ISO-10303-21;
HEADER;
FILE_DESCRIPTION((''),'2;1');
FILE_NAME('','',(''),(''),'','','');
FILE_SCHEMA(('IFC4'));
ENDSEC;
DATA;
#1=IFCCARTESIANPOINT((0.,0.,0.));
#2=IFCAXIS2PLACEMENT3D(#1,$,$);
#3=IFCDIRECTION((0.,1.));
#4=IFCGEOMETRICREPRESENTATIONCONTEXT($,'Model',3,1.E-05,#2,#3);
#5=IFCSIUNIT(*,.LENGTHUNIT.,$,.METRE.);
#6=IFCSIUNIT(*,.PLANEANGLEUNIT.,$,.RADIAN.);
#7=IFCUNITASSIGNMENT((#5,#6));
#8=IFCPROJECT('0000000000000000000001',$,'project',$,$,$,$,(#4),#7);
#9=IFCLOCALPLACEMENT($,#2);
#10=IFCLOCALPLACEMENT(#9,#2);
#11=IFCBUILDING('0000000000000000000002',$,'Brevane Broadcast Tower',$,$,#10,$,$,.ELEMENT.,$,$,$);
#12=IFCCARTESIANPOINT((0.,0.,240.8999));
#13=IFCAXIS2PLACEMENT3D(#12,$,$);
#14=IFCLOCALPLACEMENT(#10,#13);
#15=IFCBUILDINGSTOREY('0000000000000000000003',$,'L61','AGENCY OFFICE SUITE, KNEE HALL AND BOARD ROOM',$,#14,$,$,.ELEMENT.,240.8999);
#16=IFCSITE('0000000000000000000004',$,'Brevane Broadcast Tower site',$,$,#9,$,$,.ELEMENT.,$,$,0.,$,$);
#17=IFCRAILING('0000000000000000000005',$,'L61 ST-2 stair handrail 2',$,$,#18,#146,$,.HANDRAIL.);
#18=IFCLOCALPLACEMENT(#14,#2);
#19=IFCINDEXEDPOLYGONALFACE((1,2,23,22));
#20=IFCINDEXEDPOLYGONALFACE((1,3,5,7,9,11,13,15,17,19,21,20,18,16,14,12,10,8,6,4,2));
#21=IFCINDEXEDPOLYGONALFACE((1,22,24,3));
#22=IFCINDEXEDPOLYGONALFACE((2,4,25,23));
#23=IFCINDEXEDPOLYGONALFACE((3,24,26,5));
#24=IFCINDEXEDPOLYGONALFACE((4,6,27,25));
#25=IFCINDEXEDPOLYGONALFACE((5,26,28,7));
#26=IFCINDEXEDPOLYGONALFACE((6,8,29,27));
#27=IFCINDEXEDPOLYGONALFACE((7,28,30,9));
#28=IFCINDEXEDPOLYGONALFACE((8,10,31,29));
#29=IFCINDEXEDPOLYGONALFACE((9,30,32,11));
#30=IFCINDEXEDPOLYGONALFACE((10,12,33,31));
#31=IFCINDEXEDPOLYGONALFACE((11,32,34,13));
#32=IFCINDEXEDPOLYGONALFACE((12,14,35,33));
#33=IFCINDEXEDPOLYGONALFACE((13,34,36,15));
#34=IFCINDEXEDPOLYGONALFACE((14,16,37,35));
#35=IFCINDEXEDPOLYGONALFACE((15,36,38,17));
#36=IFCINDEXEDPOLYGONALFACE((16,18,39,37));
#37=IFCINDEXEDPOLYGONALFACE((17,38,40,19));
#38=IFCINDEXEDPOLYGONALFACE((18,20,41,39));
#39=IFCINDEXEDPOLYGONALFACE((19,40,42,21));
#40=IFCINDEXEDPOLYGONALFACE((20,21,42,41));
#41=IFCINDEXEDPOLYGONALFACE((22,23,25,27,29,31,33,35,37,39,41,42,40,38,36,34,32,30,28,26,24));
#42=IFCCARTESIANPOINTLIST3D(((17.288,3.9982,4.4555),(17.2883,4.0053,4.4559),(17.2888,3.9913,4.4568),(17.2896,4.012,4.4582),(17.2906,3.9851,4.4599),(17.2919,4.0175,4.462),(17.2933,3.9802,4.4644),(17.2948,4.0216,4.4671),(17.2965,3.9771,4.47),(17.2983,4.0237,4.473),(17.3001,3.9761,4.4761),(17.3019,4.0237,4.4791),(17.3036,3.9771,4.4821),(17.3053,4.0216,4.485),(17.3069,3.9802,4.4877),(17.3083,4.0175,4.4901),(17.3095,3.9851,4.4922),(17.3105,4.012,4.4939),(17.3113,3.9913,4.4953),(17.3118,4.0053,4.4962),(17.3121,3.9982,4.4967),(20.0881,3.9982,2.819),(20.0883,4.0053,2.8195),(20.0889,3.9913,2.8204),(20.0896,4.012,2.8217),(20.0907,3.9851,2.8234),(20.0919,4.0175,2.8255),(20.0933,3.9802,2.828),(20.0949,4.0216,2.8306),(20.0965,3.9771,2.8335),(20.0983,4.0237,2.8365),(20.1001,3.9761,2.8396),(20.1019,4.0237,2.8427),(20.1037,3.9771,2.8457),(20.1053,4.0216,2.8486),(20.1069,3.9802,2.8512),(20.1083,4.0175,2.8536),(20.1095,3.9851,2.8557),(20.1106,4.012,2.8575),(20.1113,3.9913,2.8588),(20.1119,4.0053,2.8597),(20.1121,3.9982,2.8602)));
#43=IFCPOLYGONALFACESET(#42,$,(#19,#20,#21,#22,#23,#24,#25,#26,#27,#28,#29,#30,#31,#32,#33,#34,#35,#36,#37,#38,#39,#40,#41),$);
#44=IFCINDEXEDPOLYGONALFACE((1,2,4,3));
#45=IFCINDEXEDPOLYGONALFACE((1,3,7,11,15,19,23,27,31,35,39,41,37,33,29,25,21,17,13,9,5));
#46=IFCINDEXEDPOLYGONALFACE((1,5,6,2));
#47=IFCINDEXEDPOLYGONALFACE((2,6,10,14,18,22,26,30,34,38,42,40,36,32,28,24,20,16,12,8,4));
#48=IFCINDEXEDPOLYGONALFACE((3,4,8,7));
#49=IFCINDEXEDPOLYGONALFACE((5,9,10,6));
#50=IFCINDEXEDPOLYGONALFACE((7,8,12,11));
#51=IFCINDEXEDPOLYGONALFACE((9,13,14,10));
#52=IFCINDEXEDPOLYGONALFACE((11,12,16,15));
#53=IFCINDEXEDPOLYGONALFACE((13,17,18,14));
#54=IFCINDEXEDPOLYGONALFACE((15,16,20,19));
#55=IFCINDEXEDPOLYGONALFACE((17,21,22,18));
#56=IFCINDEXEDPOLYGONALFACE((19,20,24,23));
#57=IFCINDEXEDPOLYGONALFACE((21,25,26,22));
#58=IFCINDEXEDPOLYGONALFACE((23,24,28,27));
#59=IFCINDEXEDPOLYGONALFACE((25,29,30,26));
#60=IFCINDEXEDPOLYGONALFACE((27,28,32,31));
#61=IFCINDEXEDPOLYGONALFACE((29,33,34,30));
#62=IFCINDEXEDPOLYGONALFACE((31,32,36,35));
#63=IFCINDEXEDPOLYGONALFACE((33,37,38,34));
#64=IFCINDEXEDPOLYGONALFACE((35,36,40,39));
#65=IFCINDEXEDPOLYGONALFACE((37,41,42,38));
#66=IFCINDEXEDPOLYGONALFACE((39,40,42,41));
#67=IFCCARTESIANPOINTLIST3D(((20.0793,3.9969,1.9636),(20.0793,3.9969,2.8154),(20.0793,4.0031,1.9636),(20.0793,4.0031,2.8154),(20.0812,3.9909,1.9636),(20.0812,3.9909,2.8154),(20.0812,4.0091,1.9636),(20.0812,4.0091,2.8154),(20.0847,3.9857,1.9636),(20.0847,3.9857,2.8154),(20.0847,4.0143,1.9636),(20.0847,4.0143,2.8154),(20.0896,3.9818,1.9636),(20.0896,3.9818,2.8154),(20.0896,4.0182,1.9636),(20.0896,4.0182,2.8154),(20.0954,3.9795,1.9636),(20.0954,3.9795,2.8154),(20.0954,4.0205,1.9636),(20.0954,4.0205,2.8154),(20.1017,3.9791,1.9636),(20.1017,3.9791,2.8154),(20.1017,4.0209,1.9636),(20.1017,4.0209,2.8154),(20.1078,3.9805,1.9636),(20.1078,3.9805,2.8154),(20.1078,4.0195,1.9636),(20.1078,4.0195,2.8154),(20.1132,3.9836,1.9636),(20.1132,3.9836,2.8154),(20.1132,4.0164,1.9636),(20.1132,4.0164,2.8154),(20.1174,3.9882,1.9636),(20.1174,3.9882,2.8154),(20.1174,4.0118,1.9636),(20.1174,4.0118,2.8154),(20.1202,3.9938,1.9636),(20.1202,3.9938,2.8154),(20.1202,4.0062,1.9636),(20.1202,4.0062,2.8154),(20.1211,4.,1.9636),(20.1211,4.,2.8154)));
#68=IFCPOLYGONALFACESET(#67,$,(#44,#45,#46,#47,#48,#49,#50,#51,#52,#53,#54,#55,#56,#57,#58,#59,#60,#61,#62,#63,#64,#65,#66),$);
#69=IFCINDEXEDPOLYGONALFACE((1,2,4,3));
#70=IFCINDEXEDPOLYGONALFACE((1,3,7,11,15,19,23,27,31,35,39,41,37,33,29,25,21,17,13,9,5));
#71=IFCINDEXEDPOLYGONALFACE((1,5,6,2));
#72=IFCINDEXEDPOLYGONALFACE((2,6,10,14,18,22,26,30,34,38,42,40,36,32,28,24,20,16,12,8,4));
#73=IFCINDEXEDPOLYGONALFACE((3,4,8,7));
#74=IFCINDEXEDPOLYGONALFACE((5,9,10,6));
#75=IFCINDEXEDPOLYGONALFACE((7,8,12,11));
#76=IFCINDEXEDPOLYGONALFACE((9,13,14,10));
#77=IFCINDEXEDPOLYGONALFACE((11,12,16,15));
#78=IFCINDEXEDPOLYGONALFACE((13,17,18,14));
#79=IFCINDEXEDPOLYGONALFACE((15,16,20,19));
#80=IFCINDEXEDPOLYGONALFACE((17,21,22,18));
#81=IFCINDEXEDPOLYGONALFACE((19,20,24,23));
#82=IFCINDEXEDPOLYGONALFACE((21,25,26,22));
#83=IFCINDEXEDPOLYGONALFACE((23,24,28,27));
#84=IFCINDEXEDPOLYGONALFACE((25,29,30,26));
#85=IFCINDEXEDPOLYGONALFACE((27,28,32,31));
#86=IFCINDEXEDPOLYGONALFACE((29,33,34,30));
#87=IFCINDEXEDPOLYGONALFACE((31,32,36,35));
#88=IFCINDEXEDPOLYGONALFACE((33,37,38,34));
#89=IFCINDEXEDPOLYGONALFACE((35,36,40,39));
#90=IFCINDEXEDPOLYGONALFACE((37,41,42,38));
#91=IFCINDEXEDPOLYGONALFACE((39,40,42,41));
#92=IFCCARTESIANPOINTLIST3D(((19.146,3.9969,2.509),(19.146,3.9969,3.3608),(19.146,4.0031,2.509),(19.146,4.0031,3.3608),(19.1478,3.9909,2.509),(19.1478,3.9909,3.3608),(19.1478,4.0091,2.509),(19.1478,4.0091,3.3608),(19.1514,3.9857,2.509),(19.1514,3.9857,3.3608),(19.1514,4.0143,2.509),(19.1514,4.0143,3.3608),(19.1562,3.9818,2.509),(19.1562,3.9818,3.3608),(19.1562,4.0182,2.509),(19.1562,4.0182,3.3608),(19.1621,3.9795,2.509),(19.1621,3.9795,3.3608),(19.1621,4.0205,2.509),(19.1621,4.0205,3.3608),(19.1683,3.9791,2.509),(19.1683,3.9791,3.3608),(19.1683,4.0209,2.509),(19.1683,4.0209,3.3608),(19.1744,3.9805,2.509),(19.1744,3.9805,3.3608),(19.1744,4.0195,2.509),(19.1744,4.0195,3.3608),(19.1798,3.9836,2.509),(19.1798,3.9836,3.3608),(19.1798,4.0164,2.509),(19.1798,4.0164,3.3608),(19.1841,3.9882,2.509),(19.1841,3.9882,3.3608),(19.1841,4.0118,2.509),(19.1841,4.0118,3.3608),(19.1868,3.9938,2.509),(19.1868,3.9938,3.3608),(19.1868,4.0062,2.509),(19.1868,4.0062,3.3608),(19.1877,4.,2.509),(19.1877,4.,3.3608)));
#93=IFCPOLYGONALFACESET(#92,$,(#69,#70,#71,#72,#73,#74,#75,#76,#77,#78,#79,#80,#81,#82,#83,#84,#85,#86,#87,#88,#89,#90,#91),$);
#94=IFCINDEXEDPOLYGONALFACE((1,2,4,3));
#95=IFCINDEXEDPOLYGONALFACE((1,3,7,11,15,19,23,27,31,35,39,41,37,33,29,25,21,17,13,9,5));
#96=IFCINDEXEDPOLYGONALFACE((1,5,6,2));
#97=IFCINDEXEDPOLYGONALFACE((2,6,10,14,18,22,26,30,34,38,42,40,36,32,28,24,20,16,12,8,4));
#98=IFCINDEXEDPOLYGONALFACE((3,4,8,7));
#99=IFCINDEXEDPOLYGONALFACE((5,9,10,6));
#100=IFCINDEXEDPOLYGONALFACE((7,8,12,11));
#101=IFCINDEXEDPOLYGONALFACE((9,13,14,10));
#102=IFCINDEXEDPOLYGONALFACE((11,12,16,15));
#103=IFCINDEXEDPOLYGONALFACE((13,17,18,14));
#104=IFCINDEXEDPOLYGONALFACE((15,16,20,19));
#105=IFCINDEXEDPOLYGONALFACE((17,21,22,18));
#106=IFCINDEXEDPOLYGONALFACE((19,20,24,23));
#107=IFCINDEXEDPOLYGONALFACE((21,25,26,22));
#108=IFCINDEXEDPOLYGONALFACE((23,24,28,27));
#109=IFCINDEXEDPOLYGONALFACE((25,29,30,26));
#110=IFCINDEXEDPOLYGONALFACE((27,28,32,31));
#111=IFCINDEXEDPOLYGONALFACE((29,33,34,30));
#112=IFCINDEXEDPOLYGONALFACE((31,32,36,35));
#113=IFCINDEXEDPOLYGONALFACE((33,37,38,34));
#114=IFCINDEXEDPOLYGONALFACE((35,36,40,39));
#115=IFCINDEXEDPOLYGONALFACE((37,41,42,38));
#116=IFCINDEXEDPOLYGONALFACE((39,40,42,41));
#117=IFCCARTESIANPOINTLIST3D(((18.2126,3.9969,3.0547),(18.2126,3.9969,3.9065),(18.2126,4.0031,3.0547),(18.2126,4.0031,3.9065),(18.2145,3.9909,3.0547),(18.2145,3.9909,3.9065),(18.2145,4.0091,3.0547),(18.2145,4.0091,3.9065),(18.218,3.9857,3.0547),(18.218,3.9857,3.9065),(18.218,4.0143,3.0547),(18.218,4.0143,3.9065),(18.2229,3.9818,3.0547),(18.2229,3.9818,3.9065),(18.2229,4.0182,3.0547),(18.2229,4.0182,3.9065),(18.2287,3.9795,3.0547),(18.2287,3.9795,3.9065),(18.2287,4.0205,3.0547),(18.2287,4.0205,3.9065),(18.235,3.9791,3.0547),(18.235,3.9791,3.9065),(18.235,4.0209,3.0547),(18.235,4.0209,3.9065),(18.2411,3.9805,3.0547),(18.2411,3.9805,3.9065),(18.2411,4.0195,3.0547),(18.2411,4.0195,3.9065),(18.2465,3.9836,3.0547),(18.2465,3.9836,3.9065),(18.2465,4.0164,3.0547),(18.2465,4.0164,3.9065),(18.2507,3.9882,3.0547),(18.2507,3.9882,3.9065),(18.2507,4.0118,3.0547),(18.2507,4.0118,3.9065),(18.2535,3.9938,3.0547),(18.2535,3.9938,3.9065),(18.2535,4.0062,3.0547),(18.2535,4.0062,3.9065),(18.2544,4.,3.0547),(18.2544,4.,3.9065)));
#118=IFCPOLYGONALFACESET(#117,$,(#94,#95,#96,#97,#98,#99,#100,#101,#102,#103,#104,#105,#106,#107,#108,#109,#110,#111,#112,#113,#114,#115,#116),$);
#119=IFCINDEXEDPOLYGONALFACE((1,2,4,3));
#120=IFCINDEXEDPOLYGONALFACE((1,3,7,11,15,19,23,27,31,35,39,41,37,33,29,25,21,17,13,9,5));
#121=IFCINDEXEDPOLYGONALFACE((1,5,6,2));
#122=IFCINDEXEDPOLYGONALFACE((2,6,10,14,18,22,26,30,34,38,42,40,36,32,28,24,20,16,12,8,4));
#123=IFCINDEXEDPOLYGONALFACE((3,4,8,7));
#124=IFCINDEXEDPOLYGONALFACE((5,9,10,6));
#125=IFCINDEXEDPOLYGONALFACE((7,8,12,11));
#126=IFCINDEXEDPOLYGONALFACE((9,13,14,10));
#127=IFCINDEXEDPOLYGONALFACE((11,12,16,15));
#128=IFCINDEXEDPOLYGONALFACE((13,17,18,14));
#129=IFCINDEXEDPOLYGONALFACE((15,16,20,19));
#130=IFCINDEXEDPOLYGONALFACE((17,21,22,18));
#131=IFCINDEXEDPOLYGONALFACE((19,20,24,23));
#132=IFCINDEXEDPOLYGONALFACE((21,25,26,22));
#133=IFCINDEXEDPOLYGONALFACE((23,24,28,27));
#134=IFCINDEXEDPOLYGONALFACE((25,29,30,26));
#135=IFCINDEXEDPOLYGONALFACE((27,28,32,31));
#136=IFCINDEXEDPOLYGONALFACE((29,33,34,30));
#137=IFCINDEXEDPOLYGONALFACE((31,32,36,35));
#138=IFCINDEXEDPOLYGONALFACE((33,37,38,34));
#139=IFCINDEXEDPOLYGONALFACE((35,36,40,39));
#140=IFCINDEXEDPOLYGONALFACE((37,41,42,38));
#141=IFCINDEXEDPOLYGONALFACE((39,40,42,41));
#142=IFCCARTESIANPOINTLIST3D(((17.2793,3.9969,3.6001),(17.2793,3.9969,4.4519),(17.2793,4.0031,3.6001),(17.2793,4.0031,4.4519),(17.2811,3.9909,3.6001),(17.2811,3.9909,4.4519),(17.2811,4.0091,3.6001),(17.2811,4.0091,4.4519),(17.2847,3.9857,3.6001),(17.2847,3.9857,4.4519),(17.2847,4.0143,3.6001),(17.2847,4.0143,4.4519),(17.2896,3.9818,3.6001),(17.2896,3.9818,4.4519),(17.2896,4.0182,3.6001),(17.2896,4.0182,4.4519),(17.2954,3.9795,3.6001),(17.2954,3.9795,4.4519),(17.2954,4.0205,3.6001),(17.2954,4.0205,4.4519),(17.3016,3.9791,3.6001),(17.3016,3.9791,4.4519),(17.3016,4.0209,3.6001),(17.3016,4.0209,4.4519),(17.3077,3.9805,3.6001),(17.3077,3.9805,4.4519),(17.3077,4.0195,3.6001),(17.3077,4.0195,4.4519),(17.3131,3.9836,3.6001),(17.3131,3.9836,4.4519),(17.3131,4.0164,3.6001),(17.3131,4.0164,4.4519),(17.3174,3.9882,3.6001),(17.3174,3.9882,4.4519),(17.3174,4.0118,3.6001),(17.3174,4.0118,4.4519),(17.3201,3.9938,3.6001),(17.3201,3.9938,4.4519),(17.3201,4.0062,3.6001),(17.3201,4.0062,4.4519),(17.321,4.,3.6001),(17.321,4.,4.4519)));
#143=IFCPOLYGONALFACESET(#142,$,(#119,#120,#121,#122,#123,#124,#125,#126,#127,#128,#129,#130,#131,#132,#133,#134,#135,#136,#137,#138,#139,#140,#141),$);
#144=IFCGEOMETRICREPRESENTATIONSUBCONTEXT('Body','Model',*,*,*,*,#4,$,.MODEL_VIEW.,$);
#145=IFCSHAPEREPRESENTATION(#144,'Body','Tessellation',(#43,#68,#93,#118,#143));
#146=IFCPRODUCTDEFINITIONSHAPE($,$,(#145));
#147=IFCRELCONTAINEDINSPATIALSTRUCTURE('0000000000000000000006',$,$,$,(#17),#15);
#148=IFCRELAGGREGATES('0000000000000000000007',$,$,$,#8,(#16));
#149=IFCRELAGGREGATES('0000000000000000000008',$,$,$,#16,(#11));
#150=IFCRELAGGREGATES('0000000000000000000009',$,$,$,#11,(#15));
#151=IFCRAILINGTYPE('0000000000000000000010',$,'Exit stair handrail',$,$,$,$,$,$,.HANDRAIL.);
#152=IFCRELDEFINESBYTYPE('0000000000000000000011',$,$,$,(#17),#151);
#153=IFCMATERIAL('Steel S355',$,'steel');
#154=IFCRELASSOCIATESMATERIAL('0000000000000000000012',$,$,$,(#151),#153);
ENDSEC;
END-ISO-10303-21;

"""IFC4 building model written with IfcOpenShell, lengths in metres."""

from ifc_helpers import new_model, si_unit, direction, frame, origin, origin_2d, place, context, subcontext, project, spatial, circle, extrude, material, type_object, element, save


model = new_model("IFC4")

# Units and contexts
model_context = context("Model", 3, precision=1e-05, world=origin(), true_north=direction((0.0, 1.0)))
body_context = subcontext(model_context, "Body", "Model", "MODEL_VIEW")
ifc_project = project(units=[si_unit("LENGTHUNIT", "METRE"), si_unit("PLANEANGLEUNIT", "RADIAN")], contexts=[model_context])

# Site, building, storey
site_placement = place(None, origin())
site = spatial("IfcSite", under=ifc_project, at=site_placement, Name="Brevane Broadcast Tower site", CompositionType="ELEMENT", RefElevation=0.0)
building_placement = place(site_placement, origin())
building = spatial("IfcBuilding", under=site, at=building_placement, Name="Brevane Broadcast Tower", CompositionType="ELEMENT")
storey_placement = place(building_placement, frame((0.0, 0.0, 240.8999)))
storey = spatial("IfcBuildingStorey", under=building, at=storey_placement, Name="L61", Description="AGENCY OFFICE SUITE, KNEE HALL AND BOARD ROOM", CompositionType="ELEMENT", Elevation=240.8999)

# Railing
ifc_material_1 = material(Name="Steel S355", Category="steel")
railing_type_1 = type_object("IfcRailingType", Name="Exit stair handrail", PredefinedType="HANDRAIL", material=ifc_material_1)
railing_1_placement = place(storey_placement, frame((20.1001, 4.0, 1.9636)))
element("IfcRailing", 1, at=railing_1_placement, inside=storey, type_object=railing_type_1, Name="L61 ST-2 stair handrail 2", PredefinedType="HANDRAIL", context=body_context, shape_type="SweptSolid", body=[
    extrude(circle(Radius=0.0239, at=origin_2d()), frame((0.0, 0.0, 0.876), z_axis=(-0.863361, 0.0, 0.504587), x_axis=(0.0, -1.0, 0.0)), (0.0, 0.0, 1.0), 3.2432),
    extrude(circle(Radius=0.021, at=origin_2d()), origin(), (0.0, 0.0, 1.0), 0.8518),
    extrude(circle(Radius=0.021, at=origin_2d()), frame((-0.9333, 0.0, 0.5454)), (0.0, 0.0, 1.0), 0.8518),
    extrude(circle(Radius=0.021, at=origin_2d()), frame((-1.8667, 0.0, 1.0911)), (0.0, 0.0, 1.0), 0.8518),
    extrude(circle(Radius=0.021, at=origin_2d()), frame((-2.8, 0.0, 1.6365)), (0.0, 0.0, 1.0), 0.8518),
])

save(model, "model.ifc")
